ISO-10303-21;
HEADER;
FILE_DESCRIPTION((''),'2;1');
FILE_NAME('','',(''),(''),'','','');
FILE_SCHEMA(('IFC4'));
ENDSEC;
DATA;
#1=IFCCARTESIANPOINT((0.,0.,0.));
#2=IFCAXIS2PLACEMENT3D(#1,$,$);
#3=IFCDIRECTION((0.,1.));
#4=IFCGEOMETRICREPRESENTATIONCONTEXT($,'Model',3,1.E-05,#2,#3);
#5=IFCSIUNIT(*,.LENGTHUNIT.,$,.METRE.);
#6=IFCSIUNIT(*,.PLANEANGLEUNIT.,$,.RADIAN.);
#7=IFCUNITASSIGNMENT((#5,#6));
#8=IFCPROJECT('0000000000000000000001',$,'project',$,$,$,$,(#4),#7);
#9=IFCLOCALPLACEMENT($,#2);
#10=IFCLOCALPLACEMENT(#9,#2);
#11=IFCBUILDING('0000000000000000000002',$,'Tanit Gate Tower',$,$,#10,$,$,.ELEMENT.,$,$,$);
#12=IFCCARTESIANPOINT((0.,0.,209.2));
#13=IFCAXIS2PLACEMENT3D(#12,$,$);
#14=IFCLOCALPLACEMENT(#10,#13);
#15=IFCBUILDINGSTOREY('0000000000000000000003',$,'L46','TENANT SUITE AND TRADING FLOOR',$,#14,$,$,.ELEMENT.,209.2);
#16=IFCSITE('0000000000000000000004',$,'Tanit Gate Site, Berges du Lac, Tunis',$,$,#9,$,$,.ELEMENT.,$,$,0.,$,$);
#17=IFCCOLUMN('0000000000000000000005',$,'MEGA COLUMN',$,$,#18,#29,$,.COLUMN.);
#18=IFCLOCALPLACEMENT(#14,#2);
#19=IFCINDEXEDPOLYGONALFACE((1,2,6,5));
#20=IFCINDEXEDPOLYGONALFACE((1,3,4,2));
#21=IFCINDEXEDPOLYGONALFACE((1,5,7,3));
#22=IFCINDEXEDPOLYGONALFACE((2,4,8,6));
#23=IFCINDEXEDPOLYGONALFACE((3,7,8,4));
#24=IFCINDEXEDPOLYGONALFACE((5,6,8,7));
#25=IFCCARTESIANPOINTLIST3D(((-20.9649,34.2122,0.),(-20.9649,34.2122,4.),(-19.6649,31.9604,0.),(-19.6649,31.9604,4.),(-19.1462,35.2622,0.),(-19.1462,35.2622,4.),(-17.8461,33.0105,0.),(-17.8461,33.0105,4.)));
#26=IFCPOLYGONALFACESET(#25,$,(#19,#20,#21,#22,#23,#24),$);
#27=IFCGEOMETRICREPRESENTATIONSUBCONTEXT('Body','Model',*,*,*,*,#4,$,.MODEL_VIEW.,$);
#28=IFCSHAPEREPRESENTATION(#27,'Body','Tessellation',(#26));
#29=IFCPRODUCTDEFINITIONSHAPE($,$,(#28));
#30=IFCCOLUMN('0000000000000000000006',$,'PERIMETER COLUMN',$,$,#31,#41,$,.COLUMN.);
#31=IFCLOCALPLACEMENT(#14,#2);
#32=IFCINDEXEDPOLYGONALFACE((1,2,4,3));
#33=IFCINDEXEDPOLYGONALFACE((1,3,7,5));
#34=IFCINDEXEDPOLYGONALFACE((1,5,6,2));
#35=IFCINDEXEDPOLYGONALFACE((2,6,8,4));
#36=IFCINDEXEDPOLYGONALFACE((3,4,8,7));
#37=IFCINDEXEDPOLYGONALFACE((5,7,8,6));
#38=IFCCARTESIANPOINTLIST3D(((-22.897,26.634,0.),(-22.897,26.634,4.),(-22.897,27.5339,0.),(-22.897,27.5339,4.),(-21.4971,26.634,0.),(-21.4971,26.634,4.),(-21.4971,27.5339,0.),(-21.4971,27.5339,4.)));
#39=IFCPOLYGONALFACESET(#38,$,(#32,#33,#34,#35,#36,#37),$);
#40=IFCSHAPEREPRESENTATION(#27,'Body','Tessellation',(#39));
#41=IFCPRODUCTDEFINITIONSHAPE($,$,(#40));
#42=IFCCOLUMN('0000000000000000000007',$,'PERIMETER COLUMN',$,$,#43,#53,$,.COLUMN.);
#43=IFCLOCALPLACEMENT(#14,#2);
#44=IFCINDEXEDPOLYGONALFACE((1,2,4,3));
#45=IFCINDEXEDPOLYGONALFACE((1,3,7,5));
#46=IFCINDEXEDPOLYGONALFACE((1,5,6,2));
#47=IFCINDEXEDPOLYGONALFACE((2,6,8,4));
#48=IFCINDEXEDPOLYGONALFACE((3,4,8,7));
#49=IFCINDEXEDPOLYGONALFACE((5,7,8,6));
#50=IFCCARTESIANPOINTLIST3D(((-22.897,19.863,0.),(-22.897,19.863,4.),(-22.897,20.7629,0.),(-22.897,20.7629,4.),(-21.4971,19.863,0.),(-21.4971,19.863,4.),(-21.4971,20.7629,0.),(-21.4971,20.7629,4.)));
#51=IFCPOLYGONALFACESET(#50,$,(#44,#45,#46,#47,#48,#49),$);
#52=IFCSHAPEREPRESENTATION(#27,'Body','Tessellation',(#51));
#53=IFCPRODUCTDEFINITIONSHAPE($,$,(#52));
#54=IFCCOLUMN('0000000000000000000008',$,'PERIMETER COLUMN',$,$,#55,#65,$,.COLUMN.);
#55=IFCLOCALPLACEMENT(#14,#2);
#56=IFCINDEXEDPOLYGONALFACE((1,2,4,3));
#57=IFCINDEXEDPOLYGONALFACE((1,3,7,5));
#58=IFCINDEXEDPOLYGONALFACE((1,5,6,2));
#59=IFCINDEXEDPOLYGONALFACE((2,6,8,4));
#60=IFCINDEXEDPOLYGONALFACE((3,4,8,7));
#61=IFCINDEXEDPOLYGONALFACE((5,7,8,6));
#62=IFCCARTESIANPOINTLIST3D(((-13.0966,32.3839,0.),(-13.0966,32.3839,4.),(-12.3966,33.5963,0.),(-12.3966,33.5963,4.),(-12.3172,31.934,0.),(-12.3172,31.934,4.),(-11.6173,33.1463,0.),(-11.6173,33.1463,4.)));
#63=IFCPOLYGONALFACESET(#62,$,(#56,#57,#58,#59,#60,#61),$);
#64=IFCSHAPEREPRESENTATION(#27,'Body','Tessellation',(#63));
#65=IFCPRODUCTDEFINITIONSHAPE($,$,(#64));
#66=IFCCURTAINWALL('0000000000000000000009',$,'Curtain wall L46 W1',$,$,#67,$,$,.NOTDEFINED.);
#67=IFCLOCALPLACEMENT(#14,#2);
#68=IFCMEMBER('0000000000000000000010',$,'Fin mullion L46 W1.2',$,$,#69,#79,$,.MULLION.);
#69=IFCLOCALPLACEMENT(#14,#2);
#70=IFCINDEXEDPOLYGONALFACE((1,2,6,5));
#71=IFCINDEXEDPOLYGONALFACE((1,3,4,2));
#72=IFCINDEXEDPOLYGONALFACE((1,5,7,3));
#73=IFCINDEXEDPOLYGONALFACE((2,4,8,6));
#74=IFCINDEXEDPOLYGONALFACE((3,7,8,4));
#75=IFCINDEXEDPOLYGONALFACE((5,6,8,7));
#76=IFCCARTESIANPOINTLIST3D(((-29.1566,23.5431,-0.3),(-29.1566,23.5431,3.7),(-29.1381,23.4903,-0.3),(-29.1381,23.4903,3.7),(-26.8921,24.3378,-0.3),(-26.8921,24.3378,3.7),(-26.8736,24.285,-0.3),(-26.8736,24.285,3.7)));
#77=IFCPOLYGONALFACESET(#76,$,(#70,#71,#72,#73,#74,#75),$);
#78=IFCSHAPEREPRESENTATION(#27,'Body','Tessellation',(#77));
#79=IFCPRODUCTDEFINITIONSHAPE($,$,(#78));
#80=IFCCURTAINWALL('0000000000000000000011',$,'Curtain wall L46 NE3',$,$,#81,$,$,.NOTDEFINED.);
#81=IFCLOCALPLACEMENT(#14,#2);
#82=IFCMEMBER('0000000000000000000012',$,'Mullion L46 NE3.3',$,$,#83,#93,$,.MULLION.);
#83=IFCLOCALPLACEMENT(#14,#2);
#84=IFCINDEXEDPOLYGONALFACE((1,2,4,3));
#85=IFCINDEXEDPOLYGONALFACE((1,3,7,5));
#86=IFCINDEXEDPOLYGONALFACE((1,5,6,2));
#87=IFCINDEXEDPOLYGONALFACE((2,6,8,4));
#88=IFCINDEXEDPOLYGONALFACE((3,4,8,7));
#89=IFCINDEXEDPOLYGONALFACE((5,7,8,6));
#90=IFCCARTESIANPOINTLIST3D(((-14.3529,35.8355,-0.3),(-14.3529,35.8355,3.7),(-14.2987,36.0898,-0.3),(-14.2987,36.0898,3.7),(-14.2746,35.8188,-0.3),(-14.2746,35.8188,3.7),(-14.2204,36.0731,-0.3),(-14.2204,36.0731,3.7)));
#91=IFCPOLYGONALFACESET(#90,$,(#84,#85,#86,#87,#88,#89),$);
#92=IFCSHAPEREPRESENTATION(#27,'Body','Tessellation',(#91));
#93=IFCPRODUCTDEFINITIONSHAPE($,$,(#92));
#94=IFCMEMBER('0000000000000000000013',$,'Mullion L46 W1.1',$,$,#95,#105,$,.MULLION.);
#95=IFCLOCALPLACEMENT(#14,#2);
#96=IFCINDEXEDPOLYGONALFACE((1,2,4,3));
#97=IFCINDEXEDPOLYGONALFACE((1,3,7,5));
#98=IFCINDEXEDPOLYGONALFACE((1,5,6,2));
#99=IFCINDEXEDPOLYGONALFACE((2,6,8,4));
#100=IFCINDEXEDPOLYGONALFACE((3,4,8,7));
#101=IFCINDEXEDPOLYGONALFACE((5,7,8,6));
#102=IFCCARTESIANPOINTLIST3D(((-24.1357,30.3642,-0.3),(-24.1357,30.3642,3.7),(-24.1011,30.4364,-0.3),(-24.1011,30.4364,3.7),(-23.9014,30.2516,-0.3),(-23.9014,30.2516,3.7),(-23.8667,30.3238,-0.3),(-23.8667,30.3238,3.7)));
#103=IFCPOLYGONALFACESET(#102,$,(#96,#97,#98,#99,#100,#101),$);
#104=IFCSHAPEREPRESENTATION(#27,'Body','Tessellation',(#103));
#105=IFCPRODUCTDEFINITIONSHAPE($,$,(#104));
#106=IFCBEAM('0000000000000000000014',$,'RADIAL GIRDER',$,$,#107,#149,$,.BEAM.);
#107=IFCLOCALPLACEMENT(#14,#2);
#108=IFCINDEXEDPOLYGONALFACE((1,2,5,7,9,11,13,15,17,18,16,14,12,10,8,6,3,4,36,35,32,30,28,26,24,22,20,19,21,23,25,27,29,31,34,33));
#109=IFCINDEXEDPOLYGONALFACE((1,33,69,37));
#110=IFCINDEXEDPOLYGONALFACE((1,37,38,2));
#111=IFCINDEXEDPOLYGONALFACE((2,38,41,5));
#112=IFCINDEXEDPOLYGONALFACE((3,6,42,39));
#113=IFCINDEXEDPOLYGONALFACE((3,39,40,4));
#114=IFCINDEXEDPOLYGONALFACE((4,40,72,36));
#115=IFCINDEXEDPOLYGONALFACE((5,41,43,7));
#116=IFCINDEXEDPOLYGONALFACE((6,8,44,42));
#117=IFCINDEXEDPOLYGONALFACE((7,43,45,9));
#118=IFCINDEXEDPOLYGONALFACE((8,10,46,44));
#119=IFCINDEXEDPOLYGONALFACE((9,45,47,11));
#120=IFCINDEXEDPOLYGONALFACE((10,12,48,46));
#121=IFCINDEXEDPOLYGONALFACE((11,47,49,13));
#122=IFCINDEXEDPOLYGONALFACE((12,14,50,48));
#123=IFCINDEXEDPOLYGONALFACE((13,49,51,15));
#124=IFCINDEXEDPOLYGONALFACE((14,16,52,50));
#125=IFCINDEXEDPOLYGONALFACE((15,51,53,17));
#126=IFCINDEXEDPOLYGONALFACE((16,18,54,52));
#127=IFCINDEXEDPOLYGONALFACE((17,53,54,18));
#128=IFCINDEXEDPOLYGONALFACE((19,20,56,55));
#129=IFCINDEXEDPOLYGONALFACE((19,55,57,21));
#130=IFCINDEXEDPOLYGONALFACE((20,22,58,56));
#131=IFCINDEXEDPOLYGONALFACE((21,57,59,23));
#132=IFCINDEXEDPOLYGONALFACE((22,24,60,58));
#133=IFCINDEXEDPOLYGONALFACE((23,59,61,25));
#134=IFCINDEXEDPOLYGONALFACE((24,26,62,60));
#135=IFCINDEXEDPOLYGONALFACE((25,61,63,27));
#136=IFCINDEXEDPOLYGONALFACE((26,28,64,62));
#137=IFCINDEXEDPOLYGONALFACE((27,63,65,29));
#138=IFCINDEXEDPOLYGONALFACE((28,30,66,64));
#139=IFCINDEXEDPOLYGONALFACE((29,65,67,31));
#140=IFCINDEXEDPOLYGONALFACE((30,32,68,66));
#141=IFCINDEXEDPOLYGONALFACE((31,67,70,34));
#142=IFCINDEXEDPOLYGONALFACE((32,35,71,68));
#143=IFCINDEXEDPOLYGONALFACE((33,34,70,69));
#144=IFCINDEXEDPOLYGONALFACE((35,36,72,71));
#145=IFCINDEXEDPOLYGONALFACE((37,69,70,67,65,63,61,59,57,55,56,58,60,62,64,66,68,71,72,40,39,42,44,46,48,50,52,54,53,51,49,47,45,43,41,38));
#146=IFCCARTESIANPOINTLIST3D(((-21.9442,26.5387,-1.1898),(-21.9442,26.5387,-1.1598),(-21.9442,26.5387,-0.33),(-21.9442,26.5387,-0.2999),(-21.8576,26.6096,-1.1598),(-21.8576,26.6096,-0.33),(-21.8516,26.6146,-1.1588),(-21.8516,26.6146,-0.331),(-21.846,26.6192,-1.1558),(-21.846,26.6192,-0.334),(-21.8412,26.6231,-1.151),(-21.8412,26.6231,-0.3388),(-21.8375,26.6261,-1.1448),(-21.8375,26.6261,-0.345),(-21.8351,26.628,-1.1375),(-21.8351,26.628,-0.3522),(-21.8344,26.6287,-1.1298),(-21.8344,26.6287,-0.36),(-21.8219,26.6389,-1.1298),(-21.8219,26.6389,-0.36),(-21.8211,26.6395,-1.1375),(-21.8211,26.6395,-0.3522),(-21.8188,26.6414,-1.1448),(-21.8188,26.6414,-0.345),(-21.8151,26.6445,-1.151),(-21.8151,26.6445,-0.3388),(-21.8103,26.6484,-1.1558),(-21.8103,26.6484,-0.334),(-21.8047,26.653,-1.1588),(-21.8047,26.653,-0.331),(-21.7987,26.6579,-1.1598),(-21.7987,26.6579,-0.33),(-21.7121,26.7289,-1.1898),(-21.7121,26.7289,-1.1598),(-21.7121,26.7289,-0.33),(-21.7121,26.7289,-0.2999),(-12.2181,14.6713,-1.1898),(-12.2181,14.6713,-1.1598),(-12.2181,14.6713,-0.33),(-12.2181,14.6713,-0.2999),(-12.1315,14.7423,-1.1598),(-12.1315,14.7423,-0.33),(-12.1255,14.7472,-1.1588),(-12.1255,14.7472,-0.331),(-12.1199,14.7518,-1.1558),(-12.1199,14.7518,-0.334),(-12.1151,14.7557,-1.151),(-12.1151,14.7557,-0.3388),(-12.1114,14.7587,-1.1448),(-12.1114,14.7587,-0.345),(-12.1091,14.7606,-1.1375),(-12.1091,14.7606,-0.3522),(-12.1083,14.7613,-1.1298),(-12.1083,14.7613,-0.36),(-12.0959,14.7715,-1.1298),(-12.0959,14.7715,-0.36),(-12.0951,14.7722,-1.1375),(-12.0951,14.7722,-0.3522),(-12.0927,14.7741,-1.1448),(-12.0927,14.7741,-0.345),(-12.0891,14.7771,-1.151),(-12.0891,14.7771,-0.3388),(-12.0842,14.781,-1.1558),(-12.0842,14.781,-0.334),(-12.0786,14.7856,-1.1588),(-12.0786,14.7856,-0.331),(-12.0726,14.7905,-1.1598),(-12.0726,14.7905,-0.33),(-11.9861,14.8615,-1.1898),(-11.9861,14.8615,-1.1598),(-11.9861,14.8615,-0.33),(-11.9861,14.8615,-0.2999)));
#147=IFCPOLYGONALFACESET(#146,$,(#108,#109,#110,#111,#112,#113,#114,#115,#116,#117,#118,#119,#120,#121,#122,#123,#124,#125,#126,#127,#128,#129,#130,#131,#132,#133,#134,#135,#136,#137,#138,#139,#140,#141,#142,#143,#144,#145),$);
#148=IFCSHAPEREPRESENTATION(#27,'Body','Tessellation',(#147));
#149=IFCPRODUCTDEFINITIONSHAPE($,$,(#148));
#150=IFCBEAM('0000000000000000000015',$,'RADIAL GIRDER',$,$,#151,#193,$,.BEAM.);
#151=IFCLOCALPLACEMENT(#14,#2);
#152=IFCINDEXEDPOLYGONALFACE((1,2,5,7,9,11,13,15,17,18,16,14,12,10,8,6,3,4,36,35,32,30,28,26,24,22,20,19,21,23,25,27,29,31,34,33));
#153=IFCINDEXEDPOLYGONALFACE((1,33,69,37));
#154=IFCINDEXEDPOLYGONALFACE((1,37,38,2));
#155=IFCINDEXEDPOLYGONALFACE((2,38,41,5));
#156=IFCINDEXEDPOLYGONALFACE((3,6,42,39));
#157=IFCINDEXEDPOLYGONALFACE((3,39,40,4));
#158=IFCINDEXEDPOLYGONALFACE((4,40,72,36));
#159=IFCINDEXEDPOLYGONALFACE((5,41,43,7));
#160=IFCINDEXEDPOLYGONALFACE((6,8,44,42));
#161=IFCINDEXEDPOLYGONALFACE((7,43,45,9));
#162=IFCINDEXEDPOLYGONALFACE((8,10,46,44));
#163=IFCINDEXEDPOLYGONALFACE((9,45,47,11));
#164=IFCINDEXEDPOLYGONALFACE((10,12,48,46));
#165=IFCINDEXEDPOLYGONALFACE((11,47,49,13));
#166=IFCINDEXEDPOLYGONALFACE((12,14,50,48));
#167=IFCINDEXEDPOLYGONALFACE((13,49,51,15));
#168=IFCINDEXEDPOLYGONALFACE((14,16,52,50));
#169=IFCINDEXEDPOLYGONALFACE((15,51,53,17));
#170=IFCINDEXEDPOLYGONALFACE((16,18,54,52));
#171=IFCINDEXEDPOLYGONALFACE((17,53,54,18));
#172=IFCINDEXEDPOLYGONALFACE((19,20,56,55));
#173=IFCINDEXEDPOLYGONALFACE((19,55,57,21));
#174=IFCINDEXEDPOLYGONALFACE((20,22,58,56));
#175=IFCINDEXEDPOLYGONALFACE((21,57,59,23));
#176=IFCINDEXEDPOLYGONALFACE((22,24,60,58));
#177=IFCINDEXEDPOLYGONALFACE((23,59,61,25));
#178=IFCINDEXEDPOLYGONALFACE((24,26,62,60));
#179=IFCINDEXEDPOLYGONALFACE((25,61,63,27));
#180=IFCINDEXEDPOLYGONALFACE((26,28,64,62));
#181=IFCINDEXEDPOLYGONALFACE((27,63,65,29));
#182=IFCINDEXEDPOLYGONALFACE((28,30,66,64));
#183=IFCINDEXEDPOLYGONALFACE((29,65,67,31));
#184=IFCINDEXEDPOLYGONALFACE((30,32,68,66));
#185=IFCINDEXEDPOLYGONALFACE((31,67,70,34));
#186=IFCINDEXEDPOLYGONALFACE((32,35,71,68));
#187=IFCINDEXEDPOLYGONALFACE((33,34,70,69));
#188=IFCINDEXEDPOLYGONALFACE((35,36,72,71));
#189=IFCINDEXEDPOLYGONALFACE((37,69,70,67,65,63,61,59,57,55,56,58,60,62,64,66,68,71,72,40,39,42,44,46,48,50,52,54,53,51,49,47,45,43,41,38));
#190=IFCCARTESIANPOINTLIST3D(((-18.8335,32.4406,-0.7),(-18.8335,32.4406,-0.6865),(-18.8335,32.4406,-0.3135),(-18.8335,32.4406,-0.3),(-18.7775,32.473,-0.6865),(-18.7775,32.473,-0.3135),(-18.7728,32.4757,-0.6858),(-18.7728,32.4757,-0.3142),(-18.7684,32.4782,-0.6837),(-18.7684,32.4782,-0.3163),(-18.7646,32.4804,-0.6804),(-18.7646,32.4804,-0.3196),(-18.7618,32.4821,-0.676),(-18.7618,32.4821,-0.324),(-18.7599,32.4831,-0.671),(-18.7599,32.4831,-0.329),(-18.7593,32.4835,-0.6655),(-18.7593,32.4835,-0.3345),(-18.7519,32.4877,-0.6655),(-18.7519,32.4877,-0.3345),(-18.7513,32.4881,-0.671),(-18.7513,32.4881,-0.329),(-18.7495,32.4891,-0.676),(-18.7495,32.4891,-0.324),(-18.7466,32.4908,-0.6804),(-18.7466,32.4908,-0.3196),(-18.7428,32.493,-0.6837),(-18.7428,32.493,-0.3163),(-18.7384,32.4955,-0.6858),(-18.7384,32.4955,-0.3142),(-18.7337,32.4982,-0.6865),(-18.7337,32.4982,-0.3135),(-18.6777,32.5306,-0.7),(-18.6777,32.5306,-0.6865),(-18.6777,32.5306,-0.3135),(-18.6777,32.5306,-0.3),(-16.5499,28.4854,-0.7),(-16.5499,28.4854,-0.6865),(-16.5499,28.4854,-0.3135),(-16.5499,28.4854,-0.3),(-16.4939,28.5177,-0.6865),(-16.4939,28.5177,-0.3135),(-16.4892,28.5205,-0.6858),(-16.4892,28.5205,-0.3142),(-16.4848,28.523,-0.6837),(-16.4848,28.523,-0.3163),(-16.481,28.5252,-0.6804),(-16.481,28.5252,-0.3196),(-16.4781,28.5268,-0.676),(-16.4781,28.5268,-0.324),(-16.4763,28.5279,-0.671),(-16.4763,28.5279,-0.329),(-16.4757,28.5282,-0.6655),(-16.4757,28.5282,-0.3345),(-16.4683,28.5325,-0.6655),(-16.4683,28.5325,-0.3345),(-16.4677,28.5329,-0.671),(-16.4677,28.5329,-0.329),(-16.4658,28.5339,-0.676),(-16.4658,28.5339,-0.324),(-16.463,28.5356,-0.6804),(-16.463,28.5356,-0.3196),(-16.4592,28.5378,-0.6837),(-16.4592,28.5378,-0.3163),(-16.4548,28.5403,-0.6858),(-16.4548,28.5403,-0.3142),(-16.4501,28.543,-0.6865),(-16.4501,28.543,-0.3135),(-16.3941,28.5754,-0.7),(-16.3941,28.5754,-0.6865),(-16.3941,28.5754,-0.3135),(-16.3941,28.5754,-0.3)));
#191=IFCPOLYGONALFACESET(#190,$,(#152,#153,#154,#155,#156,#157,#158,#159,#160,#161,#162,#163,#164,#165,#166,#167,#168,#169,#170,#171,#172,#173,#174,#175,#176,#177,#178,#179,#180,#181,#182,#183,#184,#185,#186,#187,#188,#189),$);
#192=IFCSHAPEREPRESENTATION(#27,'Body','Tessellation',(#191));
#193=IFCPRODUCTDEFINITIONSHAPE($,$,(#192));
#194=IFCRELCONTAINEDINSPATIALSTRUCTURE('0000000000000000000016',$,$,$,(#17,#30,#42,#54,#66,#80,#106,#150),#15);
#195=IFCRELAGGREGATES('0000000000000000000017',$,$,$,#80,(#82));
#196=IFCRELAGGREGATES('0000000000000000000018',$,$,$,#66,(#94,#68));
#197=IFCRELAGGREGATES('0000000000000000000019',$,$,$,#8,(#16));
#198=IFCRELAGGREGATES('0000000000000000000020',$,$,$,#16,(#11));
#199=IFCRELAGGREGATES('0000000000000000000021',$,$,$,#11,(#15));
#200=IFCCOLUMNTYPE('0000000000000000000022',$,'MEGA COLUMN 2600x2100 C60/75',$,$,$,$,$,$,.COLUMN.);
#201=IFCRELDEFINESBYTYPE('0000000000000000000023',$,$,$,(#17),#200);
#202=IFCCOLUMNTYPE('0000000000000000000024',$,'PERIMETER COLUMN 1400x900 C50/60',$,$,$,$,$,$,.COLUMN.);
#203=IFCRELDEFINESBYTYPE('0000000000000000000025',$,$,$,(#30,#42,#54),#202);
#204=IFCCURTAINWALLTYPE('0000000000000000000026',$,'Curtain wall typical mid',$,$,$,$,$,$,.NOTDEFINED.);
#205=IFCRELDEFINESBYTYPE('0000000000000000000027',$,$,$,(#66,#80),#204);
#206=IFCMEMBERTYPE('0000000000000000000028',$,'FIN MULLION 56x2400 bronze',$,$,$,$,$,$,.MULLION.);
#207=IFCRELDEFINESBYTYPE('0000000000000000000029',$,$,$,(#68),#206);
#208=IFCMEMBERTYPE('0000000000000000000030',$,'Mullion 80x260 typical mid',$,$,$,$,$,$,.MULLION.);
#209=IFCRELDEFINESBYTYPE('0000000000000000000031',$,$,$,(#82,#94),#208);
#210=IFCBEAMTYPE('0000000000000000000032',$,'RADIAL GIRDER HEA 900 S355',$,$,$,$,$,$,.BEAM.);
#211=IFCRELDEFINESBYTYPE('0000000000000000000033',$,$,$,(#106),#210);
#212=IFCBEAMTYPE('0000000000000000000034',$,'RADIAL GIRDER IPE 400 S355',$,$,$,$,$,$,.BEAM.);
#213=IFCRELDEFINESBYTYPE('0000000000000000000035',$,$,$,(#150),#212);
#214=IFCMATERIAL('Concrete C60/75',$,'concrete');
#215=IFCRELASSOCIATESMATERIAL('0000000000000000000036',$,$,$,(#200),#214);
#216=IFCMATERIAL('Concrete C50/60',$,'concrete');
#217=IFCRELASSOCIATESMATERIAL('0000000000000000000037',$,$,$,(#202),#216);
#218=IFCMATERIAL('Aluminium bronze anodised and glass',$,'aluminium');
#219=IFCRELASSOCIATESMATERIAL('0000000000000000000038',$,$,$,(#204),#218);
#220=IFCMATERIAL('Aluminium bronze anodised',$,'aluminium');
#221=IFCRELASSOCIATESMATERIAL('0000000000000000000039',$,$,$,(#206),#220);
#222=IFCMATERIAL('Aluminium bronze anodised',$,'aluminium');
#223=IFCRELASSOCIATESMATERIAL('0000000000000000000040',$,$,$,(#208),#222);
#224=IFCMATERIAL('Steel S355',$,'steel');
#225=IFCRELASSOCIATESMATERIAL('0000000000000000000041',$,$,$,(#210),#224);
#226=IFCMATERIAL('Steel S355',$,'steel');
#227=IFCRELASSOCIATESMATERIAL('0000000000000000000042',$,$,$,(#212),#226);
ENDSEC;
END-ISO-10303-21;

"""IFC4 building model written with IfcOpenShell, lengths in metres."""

from ifc_helpers import new_model, si_unit, direction, frame, origin, origin_2d, place, context, subcontext, project, spatial, rectangle, i_section, extrude, material, material_profile, profile_set, type_object, element, aggregate, save


model = new_model("IFC4")

# Units and contexts
model_context = context("Model", 3, precision=1e-05, world=origin(), true_north=direction((0.0, 1.0)))
body_context = subcontext(model_context, "Body", "Model", "MODEL_VIEW")
ifc_project = project(units=[si_unit("LENGTHUNIT", "METRE"), si_unit("PLANEANGLEUNIT", "RADIAN")], contexts=[model_context])

# Site, building, storey
site_placement = place(None, origin())
site = spatial("IfcSite", under=ifc_project, at=site_placement, Name="Tanit Gate Site, Berges du Lac, Tunis", CompositionType="ELEMENT", RefElevation=0.0)
building_placement = place(site_placement, origin())
building = spatial("IfcBuilding", under=site, at=building_placement, Name="Tanit Gate Tower", CompositionType="ELEMENT")
storey_placement = place(building_placement, frame((0.0, 0.0, 209.2)))
storey = spatial("IfcBuildingStorey", under=building, at=storey_placement, Name="L46", Description="TENANT SUITE AND TRADING FLOOR", CompositionType="ELEMENT", Elevation=209.2)

# Columns
ifc_material_1 = material(Name="Concrete C60/75", Category="concrete")
ifc_material_profile_1 = material_profile(ifc_material_1, rectangle(XDim=2.6001, YDim=2.1001, at=origin_2d()), Name="RC 2600x2100")
ifc_profile_set_1 = profile_set([ifc_material_profile_1], Name="Concrete C60/75")
column_type_1 = type_object("IfcColumnType", Name="MEGA COLUMN 2600x2100 C60/75", PredefinedType="COLUMN", material=ifc_profile_set_1)
column_placement = place(storey_placement, frame((-19.4055, 33.6113, 0.0), z_axis=(0.0, 0.0, 1.0), x_axis=(-0.5, 0.866025, 0.0)))
element("IfcColumn", 1, at=column_placement, inside=storey, type_object=column_type_1, Name="MEGA COLUMN", PredefinedType="COLUMN", context=body_context, shape_type="SweptSolid", body=[
    extrude(rectangle(XDim=2.6001, YDim=2.1001, at=origin_2d()), origin(), (0.0, 0.0, 1.0), 4.0),
])
ifc_material_2 = material(Name="Concrete C50/60", Category="concrete")
ifc_material_profile_2 = material_profile(ifc_material_2, rectangle(XDim=1.3999, YDim=0.8999, at=origin_2d()), Name="RC 1400x900")
ifc_profile_set_2 = profile_set([ifc_material_profile_2], Name="Concrete C50/60")
column_type_2 = type_object("IfcColumnType", Name="PERIMETER COLUMN 1400x900 C50/60", PredefinedType="COLUMN", material=ifc_profile_set_2)
for number, where, z_axis, x_axis, name in (
    (2, (-22.197, 27.084, 0.0), (0.0, 0.0, 1.0), (-1.0, 0.0, 0.0), "PERIMETER COLUMN"),
    (3, (-22.197, 20.313, 0.0), (0.0, 0.0, 1.0), (-1.0, 0.0, 0.0), "PERIMETER COLUMN"),
    (4, (-12.3569, 32.7651, 0.0), (0.0, 0.0, 1.0), (0.5, 0.866025, 0.0), "PERIMETER COLUMN"),
):
    element("IfcColumn", number, at=place(storey_placement, frame(where, z_axis=z_axis, x_axis=x_axis)), inside=storey, type_object=column_type_2, Name=name, PredefinedType="COLUMN", context=body_context, shape_type="SweptSolid", body=[
        extrude(rectangle(XDim=1.3999, YDim=0.8999, at=origin_2d()), origin(), (0.0, 0.0, 1.0), 4.0),
    ])

# Curtain walls, members
ifc_material_3 = material(Name="Aluminium bronze anodised and glass", Category="aluminium")
curtain_wall_type = type_object("IfcCurtainWallType", Name="Curtain wall typical mid", PredefinedType="NOTDEFINED", material=ifc_material_3)
curtain_wall_1_placement = place(storey_placement, origin())
curtain_wall_1 = element("IfcCurtainWall", 5, at=curtain_wall_1_placement, inside=storey, type_object=curtain_wall_type, Name="Curtain wall L46 W1", PredefinedType="NOTDEFINED")
ifc_material_4 = material(Name="Aluminium bronze anodised", Category="aluminium")
ifc_material_profile_3 = material_profile(ifc_material_4, rectangle(XDim=2.3999, YDim=0.0559, at=origin_2d()), Name="56x2400 bronze fin mullion")
ifc_profile_set_3 = profile_set([ifc_material_profile_3], Name="Aluminium bronze anodised")
member_type_1 = type_object("IfcMemberType", Name="FIN MULLION 56x2400 bronze", PredefinedType="MULLION", material=ifc_profile_set_3)
member_1_placement = place(storey_placement, frame((-28.0151, 23.9141, -0.3), z_axis=(0.0, 0.0, 1.0), x_axis=(0.94358, 0.331145, 0.0)))
member_1 = element("IfcMember", 6, at=member_1_placement, type_object=member_type_1, Name="Fin mullion L46 W1.2", PredefinedType="MULLION", context=body_context, shape_type="SweptSolid", body=[
    extrude(rectangle(XDim=2.3999, YDim=0.0559, at=origin_2d()), origin(), (0.0, 0.0, 1.0), 4.0),
])
curtain_wall_2_placement = place(storey_placement, origin())
curtain_wall_2 = element("IfcCurtainWall", 7, at=curtain_wall_2_placement, inside=storey, type_object=curtain_wall_type, Name="Curtain wall L46 NE3", PredefinedType="NOTDEFINED")
ifc_material_5 = material(Name="Aluminium bronze anodised", Category="aluminium")
ifc_material_profile_4 = material_profile(ifc_material_5, rectangle(XDim=0.26, YDim=0.0801, at=origin_2d()), Name="80x260 bronze mullion")
ifc_profile_set_4 = profile_set([ifc_material_profile_4], Name="Aluminium bronze anodised")
member_type_2 = type_object("IfcMemberType", Name="Mullion 80x260 typical mid", PredefinedType="MULLION", material=ifc_profile_set_4)
member_2_placement = place(storey_placement, frame((-14.2866, 35.9543, -0.3), z_axis=(0.0, 0.0, 1.0), x_axis=(-0.208527, -0.978017, 0.0)))
member_2 = element("IfcMember", 8, at=member_2_placement, type_object=member_type_2, Name="Mullion L46 NE3.3", PredefinedType="MULLION", context=body_context, shape_type="SweptSolid", body=[
    extrude(rectangle(XDim=0.26, YDim=0.0801, at=origin_2d()), origin(), (0.0, 0.0, 1.0), 4.0),
])
aggregate(curtain_wall_2, [member_2])

# Member
member_3_placement = place(storey_placement, frame((-24.0012, 30.344, -0.3), z_axis=(0.0, 0.0, 1.0), x_axis=(0.901367, -0.433057, 0.0)))
member_3 = element("IfcMember", 9, at=member_3_placement, type_object=member_type_2, Name="Mullion L46 W1.1", PredefinedType="MULLION", context=body_context, shape_type="SweptSolid", body=[
    extrude(rectangle(XDim=0.26, YDim=0.0801, at=origin_2d()), origin(), (0.0, 0.0, 1.0), 4.0),
])

# Beams
ifc_material_6 = material(Name="Steel S355", Category="steel")
ifc_material_profile_5 = material_profile(ifc_material_6, i_section(OverallWidth=0.3, OverallDepth=0.8899, WebThickness=0.0161, FlangeThickness=0.03, FilletRadius=0.03, at=origin_2d()), Name="HEA 900")
ifc_profile_set_5 = profile_set([ifc_material_profile_5], Name="Steel S355")
beam_type_1 = type_object("IfcBeamType", Name="RADIAL GIRDER HEA 900 S355", PredefinedType="BEAM", material=ifc_profile_set_5)
beam_1_placement = place(storey_placement, frame((-21.8281, 26.6338, -0.7449), z_axis=(0.633876, -0.773435, 0.0), x_axis=(0.773435, 0.633876, 0.0)))
element("IfcBeam", 10, at=beam_1_placement, inside=storey, type_object=beam_type_1, Name="RADIAL GIRDER", PredefinedType="BEAM", context=body_context, shape_type="SweptSolid", body=[
    extrude(i_section(OverallWidth=0.3, OverallDepth=0.8899, WebThickness=0.0161, FlangeThickness=0.03, FilletRadius=0.03, at=origin_2d()), origin(), (0.0, 0.0, 1.0), 15.3438),
])
ifc_material_7 = material(Name="Steel S355", Category="steel")
ifc_material_profile_6 = material_profile(ifc_material_7, i_section(OverallWidth=0.1799, OverallDepth=0.3999, WebThickness=0.0085, FlangeThickness=0.0134, FilletRadius=0.021, at=origin_2d()), Name="IPE 400")
ifc_profile_set_6 = profile_set([ifc_material_profile_6], Name="Steel S355")
beam_type_2 = type_object("IfcBeamType", Name="RADIAL GIRDER IPE 400 S355", PredefinedType="BEAM", material=ifc_profile_set_6)
beam_2_placement = place(storey_placement, frame((-18.7556, 32.4856, -0.5), z_axis=(0.500014, -0.866017, 0.0), x_axis=(0.866017, 0.500014, 0.0)))
element("IfcBeam", 11, at=beam_2_placement, inside=storey, type_object=beam_type_2, Name="RADIAL GIRDER", PredefinedType="BEAM", context=body_context, shape_type="SweptSolid", body=[
    extrude(i_section(OverallWidth=0.1799, OverallDepth=0.3999, WebThickness=0.0085, FlangeThickness=0.0134, FilletRadius=0.021, at=origin_2d()), origin(), (0.0, 0.0, 1.0), 4.5671),
])

aggregate(curtain_wall_1, [member_3, member_1])

save(model, "model.ifc")
